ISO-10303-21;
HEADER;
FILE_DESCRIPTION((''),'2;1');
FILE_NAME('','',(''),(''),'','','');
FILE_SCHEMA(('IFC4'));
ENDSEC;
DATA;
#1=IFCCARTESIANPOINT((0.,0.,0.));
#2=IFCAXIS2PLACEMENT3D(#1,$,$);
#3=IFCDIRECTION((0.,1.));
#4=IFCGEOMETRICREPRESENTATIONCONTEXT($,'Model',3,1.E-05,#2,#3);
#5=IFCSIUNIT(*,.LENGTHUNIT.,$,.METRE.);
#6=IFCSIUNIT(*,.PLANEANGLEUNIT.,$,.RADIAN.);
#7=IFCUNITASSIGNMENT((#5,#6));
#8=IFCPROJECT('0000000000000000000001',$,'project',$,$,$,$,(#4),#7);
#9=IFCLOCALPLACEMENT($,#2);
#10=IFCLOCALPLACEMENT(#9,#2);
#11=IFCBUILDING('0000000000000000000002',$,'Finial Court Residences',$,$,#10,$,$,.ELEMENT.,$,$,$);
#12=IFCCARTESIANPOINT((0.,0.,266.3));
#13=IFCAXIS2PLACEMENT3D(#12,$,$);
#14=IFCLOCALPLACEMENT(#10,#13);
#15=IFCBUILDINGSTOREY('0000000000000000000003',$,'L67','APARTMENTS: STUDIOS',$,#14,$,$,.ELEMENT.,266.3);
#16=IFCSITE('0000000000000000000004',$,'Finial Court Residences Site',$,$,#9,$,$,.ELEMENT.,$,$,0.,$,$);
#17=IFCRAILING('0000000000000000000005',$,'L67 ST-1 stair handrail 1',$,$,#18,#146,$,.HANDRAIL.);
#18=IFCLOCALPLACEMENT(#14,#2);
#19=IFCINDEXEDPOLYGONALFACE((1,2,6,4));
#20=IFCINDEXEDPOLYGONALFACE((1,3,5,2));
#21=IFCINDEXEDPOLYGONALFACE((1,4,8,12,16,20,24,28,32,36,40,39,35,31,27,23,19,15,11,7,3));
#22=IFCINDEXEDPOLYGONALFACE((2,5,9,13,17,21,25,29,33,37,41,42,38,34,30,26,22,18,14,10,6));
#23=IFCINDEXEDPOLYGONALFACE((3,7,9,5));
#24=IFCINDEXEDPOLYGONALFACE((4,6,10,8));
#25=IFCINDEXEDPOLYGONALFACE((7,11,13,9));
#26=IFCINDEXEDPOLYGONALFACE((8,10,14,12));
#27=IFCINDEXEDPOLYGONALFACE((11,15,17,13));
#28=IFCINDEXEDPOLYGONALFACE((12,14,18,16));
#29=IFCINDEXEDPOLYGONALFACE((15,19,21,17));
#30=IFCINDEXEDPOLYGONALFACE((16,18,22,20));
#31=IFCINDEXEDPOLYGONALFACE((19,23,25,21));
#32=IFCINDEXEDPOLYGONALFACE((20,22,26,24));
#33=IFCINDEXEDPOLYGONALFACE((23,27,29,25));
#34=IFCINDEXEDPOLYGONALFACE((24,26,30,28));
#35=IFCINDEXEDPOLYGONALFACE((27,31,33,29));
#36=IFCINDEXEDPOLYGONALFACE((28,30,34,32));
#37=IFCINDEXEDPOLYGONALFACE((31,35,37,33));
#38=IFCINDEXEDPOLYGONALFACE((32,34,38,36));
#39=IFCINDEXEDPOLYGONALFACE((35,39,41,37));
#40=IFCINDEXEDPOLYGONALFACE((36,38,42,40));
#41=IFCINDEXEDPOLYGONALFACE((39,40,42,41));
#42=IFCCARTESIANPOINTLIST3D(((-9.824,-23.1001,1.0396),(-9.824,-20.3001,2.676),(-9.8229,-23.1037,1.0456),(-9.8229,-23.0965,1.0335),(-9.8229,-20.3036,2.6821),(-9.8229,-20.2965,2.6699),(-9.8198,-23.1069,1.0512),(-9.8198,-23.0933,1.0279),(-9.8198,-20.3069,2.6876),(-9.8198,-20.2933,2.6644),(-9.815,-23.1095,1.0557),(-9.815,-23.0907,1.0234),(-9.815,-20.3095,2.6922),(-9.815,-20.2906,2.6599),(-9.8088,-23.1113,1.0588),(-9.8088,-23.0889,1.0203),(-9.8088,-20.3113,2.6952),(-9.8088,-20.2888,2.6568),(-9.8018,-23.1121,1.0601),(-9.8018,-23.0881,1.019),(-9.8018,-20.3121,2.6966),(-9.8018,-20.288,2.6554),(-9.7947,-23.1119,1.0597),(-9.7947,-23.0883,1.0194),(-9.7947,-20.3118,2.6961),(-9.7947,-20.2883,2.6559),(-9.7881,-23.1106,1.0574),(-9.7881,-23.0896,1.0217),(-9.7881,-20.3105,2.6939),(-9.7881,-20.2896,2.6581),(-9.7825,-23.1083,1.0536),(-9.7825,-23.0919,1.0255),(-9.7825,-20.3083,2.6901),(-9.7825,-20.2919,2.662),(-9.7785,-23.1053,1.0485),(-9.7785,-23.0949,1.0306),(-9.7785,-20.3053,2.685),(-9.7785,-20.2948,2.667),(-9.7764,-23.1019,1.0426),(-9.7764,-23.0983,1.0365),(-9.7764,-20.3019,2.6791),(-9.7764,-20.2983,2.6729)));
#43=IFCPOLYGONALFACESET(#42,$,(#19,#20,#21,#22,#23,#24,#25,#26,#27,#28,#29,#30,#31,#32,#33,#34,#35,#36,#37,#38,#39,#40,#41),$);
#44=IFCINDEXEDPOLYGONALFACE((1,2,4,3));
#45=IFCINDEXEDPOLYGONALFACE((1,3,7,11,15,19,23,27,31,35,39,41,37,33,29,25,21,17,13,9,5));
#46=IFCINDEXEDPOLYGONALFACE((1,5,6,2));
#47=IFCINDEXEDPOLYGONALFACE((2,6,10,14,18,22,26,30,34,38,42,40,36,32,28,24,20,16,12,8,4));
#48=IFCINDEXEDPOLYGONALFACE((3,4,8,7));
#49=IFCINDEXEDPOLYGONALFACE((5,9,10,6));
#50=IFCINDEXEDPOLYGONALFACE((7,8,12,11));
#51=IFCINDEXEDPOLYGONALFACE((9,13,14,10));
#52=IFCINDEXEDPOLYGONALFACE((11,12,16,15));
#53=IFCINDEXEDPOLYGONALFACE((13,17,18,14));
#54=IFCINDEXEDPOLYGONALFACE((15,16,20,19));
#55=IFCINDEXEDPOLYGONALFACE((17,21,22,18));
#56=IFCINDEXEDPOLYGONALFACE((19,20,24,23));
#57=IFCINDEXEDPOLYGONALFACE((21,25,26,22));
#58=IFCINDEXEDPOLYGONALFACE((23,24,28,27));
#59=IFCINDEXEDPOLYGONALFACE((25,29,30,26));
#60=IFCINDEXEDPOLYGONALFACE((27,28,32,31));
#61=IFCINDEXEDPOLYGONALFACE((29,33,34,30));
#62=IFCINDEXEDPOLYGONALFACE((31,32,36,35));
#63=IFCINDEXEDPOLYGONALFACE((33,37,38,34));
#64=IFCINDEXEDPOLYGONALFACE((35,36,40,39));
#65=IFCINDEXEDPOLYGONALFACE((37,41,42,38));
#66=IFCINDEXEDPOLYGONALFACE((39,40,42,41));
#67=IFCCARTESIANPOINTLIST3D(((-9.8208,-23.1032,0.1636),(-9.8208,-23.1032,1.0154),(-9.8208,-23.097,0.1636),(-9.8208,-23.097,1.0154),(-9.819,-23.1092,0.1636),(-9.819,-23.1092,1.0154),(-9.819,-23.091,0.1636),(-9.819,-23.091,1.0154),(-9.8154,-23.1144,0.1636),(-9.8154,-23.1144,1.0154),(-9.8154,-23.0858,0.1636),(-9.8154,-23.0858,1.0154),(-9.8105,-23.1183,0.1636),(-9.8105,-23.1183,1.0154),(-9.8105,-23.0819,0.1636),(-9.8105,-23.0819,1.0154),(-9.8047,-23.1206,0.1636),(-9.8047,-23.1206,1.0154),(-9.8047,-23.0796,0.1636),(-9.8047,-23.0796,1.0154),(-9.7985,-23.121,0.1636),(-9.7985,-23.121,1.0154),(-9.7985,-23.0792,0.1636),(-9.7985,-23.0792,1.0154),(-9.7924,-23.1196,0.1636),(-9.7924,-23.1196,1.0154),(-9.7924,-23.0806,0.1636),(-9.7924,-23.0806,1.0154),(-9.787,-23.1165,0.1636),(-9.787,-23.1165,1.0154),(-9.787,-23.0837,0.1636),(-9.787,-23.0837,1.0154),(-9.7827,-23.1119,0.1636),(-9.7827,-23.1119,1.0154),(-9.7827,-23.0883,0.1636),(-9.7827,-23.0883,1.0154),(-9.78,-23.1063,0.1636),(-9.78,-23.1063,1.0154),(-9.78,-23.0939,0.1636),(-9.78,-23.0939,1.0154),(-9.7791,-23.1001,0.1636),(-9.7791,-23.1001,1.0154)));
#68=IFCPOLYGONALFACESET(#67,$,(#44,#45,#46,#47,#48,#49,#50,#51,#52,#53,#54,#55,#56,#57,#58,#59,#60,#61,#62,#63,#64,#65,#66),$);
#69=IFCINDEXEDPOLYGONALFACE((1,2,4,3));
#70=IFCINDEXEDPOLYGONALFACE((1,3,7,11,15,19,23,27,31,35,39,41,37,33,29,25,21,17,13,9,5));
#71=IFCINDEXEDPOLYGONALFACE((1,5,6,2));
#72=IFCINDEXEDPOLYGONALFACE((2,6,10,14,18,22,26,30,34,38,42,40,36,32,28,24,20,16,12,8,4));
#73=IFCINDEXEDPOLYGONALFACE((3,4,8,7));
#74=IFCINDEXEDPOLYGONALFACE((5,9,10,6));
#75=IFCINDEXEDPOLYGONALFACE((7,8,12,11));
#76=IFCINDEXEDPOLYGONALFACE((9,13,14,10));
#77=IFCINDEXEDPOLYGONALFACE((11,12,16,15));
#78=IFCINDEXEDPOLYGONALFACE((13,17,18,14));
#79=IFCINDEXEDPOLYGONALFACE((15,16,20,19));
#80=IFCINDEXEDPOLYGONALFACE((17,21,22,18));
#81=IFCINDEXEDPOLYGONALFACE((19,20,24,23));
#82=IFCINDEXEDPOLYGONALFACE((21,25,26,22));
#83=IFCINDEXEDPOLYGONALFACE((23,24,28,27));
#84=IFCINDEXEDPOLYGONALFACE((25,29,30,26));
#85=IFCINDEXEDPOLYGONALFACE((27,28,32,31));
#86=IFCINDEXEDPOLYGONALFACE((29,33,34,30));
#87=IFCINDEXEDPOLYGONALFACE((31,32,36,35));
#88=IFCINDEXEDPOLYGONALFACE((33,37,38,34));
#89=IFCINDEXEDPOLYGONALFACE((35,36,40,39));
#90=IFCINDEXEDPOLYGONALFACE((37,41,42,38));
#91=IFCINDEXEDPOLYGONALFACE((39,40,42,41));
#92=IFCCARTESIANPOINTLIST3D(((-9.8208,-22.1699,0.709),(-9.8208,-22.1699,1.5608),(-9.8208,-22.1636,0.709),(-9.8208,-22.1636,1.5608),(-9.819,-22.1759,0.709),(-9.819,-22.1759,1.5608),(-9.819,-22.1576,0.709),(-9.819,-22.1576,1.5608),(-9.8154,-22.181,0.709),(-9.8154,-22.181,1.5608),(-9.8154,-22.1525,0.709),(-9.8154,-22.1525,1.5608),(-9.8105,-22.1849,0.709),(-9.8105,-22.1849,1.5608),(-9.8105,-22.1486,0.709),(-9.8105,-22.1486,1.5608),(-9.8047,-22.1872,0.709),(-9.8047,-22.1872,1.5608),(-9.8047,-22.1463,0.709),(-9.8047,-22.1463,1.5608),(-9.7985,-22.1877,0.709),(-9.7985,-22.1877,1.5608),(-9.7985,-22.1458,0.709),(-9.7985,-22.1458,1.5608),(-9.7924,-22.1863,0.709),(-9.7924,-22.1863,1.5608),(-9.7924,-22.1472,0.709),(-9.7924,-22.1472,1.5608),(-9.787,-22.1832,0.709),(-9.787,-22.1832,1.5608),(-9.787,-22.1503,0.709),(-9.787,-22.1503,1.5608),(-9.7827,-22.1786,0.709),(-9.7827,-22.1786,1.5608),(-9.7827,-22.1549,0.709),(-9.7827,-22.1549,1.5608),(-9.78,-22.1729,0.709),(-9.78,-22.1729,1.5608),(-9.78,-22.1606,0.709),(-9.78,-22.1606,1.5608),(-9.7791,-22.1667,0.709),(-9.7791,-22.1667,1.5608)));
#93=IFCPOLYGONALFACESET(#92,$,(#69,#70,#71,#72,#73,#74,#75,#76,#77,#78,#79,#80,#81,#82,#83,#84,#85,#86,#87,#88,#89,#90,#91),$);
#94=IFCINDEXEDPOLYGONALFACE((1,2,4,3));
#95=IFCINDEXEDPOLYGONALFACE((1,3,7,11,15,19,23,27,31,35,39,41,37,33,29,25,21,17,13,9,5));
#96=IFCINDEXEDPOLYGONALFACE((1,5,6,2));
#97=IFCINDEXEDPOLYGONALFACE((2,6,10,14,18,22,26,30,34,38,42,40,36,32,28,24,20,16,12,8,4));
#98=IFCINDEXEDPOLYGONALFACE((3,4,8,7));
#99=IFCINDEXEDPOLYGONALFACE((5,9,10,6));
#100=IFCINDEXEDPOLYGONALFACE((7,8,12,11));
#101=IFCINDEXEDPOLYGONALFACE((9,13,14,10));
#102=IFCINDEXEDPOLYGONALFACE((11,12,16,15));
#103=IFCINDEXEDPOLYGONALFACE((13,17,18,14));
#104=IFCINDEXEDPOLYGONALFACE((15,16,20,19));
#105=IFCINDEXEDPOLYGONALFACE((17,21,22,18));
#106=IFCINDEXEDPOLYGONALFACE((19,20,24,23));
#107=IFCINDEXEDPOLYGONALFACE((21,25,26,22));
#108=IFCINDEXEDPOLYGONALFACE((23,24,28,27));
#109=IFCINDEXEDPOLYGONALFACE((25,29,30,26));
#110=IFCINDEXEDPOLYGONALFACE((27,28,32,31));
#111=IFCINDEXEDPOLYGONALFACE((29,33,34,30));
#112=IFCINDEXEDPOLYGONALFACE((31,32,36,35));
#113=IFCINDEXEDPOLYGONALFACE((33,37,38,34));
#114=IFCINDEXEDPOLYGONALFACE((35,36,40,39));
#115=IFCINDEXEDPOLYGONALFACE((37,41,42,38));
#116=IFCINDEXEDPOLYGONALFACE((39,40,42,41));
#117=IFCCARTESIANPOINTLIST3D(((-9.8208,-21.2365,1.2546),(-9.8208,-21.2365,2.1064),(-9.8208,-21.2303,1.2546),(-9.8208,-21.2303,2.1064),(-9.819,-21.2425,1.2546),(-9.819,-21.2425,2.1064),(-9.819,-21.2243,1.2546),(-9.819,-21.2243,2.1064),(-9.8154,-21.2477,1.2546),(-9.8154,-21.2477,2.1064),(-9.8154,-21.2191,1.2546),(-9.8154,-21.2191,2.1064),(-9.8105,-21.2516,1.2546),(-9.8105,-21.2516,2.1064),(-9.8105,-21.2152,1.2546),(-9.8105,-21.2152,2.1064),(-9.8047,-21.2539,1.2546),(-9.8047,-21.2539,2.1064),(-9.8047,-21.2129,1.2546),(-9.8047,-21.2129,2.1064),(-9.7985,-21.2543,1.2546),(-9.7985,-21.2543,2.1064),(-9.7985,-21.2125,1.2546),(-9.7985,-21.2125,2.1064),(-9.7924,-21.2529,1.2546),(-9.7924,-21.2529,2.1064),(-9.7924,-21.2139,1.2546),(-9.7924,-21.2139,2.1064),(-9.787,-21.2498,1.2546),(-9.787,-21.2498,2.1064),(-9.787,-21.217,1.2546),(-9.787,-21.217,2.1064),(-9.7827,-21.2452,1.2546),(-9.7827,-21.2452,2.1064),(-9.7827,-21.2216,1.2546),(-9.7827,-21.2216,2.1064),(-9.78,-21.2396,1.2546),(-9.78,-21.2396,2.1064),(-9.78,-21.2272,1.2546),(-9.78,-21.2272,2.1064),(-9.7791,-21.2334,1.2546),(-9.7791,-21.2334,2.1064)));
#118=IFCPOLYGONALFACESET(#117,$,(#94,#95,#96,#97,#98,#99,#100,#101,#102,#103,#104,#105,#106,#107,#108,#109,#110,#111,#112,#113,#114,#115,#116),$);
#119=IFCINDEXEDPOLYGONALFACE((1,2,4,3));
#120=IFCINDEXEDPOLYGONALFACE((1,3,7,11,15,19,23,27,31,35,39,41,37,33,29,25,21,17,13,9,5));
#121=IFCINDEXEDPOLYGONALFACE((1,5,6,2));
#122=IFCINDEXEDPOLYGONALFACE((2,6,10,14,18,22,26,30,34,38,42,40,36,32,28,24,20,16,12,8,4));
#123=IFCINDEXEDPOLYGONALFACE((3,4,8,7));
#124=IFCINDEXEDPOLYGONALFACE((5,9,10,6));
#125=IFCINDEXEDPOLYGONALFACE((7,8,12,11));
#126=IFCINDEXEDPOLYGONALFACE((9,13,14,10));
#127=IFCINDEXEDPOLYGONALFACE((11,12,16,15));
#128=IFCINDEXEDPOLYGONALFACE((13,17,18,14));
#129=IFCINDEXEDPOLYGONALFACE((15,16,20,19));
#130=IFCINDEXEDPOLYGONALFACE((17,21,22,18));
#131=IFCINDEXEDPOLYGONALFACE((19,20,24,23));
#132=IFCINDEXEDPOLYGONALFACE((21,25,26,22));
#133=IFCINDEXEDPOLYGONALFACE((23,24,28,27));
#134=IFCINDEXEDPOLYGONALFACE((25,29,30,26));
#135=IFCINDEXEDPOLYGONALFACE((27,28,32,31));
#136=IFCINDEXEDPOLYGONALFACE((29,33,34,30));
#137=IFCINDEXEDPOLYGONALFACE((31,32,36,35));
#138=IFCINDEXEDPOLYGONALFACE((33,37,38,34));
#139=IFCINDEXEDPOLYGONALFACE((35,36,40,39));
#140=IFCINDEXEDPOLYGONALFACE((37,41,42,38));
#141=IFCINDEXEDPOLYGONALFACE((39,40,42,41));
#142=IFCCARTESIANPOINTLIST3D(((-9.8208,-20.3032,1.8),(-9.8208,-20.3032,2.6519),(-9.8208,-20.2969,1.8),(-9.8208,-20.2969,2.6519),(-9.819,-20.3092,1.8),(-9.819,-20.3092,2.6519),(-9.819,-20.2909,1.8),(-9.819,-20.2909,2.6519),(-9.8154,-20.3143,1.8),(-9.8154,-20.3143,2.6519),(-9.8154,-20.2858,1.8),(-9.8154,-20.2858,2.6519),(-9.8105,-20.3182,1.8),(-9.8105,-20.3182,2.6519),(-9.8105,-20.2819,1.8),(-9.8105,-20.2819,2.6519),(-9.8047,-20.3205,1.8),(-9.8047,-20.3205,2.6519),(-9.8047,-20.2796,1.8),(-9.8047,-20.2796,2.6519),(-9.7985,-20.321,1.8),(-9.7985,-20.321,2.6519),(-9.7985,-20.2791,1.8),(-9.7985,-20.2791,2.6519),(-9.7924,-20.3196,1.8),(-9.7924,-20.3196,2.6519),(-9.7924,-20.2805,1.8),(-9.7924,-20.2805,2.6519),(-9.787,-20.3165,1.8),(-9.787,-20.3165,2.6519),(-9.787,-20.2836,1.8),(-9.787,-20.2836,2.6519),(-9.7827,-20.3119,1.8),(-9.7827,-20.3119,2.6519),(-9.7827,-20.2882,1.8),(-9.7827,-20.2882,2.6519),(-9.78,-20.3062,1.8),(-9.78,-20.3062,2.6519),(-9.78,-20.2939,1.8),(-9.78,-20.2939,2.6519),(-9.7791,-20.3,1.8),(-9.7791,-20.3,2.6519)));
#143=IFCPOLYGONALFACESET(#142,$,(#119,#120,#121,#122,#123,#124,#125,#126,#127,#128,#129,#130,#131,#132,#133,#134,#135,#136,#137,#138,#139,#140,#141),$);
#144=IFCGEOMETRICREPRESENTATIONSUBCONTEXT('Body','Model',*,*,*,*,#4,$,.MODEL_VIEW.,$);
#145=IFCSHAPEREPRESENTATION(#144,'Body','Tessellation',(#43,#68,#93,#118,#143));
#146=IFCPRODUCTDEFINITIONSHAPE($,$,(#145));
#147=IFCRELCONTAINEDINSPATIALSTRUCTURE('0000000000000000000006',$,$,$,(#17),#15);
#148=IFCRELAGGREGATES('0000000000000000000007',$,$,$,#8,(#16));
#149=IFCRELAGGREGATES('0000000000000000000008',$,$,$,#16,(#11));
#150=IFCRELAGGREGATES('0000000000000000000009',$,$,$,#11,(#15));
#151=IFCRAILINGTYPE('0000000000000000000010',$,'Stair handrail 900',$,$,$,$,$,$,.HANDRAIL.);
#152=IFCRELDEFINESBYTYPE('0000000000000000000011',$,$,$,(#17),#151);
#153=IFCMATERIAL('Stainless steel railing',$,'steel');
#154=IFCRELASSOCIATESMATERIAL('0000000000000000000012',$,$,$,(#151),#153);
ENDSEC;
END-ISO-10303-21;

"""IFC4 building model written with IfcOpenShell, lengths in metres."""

from ifc_helpers import new_model, si_unit, direction, frame, origin, origin_2d, place, context, subcontext, project, spatial, circle, extrude, material, type_object, element, save


model = new_model("IFC4")

# Units and contexts
model_context = context("Model", 3, precision=1e-05, world=origin(), true_north=direction((0.0, 1.0)))
body_context = subcontext(model_context, "Body", "Model", "MODEL_VIEW")
ifc_project = project(units=[si_unit("LENGTHUNIT", "METRE"), si_unit("PLANEANGLEUNIT", "RADIAN")], contexts=[model_context])

# Site, building, storey
site_placement = place(None, origin())
site = spatial("IfcSite", under=ifc_project, at=site_placement, Name="Finial Court Residences Site", CompositionType="ELEMENT", RefElevation=0.0)
building_placement = place(site_placement, origin())
building = spatial("IfcBuilding", under=site, at=building_placement, Name="Finial Court Residences", CompositionType="ELEMENT")
storey_placement = place(building_placement, frame((0.0, 0.0, 266.3)))
storey = spatial("IfcBuildingStorey", under=building, at=storey_placement, Name="L67", Description="APARTMENTS: STUDIOS", CompositionType="ELEMENT", Elevation=266.3)

# Railing
ifc_material_1 = material(Name="Stainless steel railing", Category="steel")
railing_type_1 = type_object("IfcRailingType", Name="Stair handrail 900", PredefinedType="HANDRAIL", material=ifc_material_1)
railing_1_placement = place(storey_placement, frame((-9.8, -23.1001, 0.1636)))
element("IfcRailing", 1, at=railing_1_placement, inside=storey, type_object=railing_type_1, Name="L67 ST-1 stair handrail 1", PredefinedType="HANDRAIL", context=body_context, shape_type="SweptSolid", body=[
    extrude(circle(Radius=0.0239, at=origin_2d()), frame((0.0, 0.0, 0.876), z_axis=(0.0, 0.863361, 0.504587), x_axis=(-1.0, 0.0, 0.0)), (0.0, 0.0, 1.0), 3.2432),
    extrude(circle(Radius=0.021, at=origin_2d()), origin(), (0.0, 0.0, 1.0), 0.8518),
    extrude(circle(Radius=0.021, at=origin_2d()), frame((0.0, 0.9333, 0.5454)), (0.0, 0.0, 1.0), 0.8518),
    extrude(circle(Radius=0.021, at=origin_2d()), frame((0.0, 1.8667, 1.0911)), (0.0, 0.0, 1.0), 0.8518),
    extrude(circle(Radius=0.021, at=origin_2d()), frame((0.0, 2.8, 1.6365)), (0.0, 0.0, 1.0), 0.8518),
])

save(model, "model.ifc")
